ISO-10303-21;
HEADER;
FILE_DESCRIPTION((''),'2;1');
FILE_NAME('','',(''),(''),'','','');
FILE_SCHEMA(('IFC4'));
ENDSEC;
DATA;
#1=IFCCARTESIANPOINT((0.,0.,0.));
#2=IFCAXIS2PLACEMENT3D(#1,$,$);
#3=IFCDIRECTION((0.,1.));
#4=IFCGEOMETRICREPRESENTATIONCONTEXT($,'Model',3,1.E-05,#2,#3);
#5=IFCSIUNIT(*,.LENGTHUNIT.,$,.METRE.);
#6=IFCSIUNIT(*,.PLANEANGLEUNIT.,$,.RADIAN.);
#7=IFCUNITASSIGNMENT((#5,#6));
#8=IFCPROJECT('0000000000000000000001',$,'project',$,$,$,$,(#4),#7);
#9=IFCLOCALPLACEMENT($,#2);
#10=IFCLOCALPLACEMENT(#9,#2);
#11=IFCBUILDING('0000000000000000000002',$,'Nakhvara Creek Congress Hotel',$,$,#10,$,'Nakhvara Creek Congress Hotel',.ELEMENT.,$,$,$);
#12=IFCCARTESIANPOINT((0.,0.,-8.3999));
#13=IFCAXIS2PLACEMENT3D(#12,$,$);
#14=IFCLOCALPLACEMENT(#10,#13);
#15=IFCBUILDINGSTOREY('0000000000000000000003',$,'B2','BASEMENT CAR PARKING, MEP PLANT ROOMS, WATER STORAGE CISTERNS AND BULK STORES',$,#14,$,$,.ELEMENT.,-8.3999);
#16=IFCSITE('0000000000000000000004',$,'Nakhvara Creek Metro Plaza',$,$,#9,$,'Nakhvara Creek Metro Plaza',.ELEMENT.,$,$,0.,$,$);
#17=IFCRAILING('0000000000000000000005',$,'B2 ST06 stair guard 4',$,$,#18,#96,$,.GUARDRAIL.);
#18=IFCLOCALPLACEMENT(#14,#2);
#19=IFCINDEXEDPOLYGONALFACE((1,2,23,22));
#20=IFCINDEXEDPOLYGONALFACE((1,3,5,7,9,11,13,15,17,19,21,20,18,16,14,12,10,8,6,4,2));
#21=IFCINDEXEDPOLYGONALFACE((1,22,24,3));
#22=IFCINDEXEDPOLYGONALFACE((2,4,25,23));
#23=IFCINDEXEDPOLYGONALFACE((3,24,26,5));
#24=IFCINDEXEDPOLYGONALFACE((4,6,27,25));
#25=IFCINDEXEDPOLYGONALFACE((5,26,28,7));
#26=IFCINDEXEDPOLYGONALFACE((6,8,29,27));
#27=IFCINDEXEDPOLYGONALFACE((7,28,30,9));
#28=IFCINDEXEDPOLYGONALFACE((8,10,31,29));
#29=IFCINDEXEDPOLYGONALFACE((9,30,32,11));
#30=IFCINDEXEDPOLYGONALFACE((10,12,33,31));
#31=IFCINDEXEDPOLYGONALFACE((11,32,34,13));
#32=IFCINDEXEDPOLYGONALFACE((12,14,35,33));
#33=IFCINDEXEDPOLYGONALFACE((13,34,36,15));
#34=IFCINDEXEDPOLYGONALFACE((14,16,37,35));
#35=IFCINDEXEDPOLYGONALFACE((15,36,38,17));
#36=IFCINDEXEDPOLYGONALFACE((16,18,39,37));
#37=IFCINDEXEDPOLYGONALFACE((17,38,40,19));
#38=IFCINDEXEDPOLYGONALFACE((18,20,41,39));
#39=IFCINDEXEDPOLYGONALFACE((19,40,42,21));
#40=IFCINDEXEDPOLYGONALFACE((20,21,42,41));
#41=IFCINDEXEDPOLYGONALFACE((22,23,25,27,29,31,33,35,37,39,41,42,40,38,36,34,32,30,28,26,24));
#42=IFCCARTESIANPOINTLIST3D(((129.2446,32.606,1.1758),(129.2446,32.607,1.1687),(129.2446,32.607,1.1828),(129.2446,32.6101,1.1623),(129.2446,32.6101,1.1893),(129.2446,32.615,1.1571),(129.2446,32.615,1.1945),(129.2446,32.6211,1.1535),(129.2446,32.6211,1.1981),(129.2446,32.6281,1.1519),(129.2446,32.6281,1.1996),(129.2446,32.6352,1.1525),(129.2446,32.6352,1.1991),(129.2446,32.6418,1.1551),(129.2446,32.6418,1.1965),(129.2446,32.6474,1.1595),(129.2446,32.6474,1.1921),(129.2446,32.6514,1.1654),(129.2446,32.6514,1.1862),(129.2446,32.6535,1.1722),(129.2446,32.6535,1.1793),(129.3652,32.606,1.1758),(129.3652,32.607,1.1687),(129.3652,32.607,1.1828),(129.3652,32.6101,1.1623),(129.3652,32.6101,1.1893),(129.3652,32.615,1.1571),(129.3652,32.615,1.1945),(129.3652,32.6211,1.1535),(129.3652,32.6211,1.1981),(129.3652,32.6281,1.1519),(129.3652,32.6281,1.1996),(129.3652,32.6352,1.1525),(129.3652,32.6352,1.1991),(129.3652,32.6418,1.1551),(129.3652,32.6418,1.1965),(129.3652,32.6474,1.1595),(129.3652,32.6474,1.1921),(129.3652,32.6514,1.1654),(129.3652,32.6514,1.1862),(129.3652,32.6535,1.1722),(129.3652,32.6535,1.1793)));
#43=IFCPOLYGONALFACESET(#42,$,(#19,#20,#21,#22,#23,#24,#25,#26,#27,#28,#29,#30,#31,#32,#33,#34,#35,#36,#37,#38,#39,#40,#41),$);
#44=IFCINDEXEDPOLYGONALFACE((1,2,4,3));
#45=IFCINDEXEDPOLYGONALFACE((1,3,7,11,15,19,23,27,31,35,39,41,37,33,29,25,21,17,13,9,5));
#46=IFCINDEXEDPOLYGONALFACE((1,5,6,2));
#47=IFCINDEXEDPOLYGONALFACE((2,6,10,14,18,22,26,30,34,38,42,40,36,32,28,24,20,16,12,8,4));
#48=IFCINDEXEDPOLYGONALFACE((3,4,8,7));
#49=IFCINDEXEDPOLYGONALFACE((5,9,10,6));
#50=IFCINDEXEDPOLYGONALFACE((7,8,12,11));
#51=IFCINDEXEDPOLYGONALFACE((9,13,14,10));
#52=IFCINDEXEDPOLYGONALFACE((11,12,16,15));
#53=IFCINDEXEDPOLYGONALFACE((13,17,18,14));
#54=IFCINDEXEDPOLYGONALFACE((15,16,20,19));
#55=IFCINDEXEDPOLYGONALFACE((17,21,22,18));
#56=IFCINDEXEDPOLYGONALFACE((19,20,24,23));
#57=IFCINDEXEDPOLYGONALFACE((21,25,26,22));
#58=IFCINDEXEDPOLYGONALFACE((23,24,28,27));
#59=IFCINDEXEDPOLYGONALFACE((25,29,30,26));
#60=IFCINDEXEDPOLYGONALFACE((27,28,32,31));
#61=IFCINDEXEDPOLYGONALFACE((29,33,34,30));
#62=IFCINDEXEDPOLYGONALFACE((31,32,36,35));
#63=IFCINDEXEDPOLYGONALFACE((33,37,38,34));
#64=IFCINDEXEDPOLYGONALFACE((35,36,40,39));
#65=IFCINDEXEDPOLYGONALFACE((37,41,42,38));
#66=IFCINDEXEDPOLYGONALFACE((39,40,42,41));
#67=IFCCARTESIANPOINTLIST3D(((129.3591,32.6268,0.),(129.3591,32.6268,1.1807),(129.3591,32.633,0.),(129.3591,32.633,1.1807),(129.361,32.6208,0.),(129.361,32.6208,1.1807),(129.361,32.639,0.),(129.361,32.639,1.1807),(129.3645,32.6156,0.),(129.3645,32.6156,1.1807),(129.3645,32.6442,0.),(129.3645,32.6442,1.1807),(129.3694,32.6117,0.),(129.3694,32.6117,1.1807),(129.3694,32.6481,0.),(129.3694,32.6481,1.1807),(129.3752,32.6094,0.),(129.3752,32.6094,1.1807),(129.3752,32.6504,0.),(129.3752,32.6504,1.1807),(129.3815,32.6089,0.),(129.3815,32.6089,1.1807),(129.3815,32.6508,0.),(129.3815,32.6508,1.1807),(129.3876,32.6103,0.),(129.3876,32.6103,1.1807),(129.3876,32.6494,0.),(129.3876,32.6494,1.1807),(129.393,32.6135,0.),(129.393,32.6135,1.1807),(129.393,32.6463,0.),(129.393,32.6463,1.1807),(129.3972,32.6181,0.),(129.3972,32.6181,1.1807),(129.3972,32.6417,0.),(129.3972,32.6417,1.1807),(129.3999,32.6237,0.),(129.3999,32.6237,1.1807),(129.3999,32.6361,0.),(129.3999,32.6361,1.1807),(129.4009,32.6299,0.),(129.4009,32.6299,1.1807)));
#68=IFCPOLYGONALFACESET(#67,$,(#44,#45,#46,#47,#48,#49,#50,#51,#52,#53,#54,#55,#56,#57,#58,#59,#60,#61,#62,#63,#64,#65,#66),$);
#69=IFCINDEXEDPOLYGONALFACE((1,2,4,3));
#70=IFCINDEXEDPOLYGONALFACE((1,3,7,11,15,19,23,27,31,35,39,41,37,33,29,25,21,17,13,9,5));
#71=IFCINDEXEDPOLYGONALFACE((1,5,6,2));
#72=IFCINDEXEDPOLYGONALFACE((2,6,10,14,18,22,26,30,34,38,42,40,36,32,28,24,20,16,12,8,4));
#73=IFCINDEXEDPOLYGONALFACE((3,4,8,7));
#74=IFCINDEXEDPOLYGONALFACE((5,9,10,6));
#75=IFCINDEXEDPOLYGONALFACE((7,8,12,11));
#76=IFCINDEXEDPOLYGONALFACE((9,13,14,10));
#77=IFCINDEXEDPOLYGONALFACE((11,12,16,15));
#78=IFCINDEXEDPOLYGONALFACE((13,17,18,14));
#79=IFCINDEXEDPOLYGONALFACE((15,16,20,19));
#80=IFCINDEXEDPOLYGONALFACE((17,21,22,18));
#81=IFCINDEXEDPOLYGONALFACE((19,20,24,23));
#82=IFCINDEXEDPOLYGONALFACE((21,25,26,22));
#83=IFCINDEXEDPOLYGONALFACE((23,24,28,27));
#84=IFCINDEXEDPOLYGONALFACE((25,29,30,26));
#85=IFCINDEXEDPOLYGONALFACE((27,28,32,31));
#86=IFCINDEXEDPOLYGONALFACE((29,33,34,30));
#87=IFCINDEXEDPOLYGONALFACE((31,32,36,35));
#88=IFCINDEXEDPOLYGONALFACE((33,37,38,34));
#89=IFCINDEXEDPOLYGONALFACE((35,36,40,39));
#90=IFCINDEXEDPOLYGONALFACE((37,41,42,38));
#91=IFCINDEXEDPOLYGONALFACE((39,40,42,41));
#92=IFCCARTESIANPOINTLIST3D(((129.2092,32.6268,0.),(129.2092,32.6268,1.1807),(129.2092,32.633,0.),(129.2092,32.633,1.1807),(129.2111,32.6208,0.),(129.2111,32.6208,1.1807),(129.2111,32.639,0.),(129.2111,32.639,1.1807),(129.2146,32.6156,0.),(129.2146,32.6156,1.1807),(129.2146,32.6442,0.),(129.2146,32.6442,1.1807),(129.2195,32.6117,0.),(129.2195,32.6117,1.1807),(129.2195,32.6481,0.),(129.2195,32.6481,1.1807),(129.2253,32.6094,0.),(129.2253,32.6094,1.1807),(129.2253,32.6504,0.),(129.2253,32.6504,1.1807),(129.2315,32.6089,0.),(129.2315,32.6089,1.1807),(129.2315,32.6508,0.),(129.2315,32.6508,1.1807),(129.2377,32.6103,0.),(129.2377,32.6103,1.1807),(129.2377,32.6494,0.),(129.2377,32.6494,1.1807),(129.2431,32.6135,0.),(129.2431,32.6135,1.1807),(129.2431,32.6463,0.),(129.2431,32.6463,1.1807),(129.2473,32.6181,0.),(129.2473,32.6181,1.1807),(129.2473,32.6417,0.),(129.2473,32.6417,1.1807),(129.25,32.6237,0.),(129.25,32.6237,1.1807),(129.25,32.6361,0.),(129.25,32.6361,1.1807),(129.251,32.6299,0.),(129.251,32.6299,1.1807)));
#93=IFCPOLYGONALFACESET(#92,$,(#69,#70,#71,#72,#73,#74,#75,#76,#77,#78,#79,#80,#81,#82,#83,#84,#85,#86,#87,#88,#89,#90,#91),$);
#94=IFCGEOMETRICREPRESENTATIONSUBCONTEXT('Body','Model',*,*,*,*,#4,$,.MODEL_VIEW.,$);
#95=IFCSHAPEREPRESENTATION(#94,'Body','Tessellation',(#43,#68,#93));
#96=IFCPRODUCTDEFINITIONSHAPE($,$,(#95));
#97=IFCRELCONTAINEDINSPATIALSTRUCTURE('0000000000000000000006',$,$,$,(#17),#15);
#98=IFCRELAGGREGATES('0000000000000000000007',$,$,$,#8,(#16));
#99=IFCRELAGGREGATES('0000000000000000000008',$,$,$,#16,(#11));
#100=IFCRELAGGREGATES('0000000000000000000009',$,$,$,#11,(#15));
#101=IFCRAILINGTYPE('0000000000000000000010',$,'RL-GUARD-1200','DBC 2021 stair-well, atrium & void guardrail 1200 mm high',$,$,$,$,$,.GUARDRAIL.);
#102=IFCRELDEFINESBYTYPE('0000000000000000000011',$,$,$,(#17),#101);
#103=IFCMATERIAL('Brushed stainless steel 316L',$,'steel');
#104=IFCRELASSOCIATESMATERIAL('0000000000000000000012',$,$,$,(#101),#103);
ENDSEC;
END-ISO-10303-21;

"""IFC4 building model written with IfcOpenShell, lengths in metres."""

from ifc_helpers import new_model, si_unit, direction, frame, origin, origin_2d, place, context, subcontext, project, spatial, circle, extrude, material, type_object, element, save


model = new_model("IFC4")

# Units and contexts
model_context = context("Model", 3, precision=1e-05, world=origin(), true_north=direction((0.0, 1.0)))
body_context = subcontext(model_context, "Body", "Model", "MODEL_VIEW")
ifc_project = project(units=[si_unit("LENGTHUNIT", "METRE"), si_unit("PLANEANGLEUNIT", "RADIAN")], contexts=[model_context])

# Site, building, storey
site_placement = place(None, origin())
site = spatial("IfcSite", under=ifc_project, at=site_placement, Name="Nakhvara Creek Metro Plaza", LongName="Nakhvara Creek Metro Plaza", CompositionType="ELEMENT", RefElevation=0.0)
building_placement = place(site_placement, origin())
building = spatial("IfcBuilding", under=site, at=building_placement, Name="Nakhvara Creek Congress Hotel", LongName="Nakhvara Creek Congress Hotel", CompositionType="ELEMENT")
storey_placement = place(building_placement, frame((0.0, 0.0, -8.3999)))
storey = spatial("IfcBuildingStorey", under=building, at=storey_placement, Name="B2", Description="BASEMENT CAR PARKING, MEP PLANT ROOMS, WATER STORAGE CISTERNS AND BULK STORES", CompositionType="ELEMENT", Elevation=-8.3999)

# Railing
ifc_material_1 = material(Name="Brushed stainless steel 316L", Category="steel")
railing_type_1 = type_object("IfcRailingType", Name="RL-GUARD-1200", Description="DBC 2021 stair-well, atrium & void guardrail 1200 mm high", PredefinedType="GUARDRAIL", material=ifc_material_1)
railing_1_placement = place(storey_placement, frame((129.3799, 32.6299, 0.0)))
element("IfcRailing", 1, at=railing_1_placement, inside=storey, type_object=railing_type_1, Name="B2 ST06 stair guard 4", PredefinedType="GUARDRAIL", context=body_context, shape_type="SweptSolid", body=[
    extrude(circle(Radius=0.0239, at=origin_2d()), frame((-0.0146, 0.0, 1.1758), z_axis=(-1.0, 0.0, 0.0), x_axis=(0.0, -1.0, 0.0)), (0.0, 0.0, 1.0), 0.1206),
    extrude(circle(Radius=0.021, at=origin_2d()), origin(), (0.0, 0.0, 1.0), 1.1807),
    extrude(circle(Radius=0.021, at=origin_2d()), frame((-0.1499, 0.0, 0.0)), (0.0, 0.0, 1.0), 1.1807),
])

save(model, "model.ifc")
